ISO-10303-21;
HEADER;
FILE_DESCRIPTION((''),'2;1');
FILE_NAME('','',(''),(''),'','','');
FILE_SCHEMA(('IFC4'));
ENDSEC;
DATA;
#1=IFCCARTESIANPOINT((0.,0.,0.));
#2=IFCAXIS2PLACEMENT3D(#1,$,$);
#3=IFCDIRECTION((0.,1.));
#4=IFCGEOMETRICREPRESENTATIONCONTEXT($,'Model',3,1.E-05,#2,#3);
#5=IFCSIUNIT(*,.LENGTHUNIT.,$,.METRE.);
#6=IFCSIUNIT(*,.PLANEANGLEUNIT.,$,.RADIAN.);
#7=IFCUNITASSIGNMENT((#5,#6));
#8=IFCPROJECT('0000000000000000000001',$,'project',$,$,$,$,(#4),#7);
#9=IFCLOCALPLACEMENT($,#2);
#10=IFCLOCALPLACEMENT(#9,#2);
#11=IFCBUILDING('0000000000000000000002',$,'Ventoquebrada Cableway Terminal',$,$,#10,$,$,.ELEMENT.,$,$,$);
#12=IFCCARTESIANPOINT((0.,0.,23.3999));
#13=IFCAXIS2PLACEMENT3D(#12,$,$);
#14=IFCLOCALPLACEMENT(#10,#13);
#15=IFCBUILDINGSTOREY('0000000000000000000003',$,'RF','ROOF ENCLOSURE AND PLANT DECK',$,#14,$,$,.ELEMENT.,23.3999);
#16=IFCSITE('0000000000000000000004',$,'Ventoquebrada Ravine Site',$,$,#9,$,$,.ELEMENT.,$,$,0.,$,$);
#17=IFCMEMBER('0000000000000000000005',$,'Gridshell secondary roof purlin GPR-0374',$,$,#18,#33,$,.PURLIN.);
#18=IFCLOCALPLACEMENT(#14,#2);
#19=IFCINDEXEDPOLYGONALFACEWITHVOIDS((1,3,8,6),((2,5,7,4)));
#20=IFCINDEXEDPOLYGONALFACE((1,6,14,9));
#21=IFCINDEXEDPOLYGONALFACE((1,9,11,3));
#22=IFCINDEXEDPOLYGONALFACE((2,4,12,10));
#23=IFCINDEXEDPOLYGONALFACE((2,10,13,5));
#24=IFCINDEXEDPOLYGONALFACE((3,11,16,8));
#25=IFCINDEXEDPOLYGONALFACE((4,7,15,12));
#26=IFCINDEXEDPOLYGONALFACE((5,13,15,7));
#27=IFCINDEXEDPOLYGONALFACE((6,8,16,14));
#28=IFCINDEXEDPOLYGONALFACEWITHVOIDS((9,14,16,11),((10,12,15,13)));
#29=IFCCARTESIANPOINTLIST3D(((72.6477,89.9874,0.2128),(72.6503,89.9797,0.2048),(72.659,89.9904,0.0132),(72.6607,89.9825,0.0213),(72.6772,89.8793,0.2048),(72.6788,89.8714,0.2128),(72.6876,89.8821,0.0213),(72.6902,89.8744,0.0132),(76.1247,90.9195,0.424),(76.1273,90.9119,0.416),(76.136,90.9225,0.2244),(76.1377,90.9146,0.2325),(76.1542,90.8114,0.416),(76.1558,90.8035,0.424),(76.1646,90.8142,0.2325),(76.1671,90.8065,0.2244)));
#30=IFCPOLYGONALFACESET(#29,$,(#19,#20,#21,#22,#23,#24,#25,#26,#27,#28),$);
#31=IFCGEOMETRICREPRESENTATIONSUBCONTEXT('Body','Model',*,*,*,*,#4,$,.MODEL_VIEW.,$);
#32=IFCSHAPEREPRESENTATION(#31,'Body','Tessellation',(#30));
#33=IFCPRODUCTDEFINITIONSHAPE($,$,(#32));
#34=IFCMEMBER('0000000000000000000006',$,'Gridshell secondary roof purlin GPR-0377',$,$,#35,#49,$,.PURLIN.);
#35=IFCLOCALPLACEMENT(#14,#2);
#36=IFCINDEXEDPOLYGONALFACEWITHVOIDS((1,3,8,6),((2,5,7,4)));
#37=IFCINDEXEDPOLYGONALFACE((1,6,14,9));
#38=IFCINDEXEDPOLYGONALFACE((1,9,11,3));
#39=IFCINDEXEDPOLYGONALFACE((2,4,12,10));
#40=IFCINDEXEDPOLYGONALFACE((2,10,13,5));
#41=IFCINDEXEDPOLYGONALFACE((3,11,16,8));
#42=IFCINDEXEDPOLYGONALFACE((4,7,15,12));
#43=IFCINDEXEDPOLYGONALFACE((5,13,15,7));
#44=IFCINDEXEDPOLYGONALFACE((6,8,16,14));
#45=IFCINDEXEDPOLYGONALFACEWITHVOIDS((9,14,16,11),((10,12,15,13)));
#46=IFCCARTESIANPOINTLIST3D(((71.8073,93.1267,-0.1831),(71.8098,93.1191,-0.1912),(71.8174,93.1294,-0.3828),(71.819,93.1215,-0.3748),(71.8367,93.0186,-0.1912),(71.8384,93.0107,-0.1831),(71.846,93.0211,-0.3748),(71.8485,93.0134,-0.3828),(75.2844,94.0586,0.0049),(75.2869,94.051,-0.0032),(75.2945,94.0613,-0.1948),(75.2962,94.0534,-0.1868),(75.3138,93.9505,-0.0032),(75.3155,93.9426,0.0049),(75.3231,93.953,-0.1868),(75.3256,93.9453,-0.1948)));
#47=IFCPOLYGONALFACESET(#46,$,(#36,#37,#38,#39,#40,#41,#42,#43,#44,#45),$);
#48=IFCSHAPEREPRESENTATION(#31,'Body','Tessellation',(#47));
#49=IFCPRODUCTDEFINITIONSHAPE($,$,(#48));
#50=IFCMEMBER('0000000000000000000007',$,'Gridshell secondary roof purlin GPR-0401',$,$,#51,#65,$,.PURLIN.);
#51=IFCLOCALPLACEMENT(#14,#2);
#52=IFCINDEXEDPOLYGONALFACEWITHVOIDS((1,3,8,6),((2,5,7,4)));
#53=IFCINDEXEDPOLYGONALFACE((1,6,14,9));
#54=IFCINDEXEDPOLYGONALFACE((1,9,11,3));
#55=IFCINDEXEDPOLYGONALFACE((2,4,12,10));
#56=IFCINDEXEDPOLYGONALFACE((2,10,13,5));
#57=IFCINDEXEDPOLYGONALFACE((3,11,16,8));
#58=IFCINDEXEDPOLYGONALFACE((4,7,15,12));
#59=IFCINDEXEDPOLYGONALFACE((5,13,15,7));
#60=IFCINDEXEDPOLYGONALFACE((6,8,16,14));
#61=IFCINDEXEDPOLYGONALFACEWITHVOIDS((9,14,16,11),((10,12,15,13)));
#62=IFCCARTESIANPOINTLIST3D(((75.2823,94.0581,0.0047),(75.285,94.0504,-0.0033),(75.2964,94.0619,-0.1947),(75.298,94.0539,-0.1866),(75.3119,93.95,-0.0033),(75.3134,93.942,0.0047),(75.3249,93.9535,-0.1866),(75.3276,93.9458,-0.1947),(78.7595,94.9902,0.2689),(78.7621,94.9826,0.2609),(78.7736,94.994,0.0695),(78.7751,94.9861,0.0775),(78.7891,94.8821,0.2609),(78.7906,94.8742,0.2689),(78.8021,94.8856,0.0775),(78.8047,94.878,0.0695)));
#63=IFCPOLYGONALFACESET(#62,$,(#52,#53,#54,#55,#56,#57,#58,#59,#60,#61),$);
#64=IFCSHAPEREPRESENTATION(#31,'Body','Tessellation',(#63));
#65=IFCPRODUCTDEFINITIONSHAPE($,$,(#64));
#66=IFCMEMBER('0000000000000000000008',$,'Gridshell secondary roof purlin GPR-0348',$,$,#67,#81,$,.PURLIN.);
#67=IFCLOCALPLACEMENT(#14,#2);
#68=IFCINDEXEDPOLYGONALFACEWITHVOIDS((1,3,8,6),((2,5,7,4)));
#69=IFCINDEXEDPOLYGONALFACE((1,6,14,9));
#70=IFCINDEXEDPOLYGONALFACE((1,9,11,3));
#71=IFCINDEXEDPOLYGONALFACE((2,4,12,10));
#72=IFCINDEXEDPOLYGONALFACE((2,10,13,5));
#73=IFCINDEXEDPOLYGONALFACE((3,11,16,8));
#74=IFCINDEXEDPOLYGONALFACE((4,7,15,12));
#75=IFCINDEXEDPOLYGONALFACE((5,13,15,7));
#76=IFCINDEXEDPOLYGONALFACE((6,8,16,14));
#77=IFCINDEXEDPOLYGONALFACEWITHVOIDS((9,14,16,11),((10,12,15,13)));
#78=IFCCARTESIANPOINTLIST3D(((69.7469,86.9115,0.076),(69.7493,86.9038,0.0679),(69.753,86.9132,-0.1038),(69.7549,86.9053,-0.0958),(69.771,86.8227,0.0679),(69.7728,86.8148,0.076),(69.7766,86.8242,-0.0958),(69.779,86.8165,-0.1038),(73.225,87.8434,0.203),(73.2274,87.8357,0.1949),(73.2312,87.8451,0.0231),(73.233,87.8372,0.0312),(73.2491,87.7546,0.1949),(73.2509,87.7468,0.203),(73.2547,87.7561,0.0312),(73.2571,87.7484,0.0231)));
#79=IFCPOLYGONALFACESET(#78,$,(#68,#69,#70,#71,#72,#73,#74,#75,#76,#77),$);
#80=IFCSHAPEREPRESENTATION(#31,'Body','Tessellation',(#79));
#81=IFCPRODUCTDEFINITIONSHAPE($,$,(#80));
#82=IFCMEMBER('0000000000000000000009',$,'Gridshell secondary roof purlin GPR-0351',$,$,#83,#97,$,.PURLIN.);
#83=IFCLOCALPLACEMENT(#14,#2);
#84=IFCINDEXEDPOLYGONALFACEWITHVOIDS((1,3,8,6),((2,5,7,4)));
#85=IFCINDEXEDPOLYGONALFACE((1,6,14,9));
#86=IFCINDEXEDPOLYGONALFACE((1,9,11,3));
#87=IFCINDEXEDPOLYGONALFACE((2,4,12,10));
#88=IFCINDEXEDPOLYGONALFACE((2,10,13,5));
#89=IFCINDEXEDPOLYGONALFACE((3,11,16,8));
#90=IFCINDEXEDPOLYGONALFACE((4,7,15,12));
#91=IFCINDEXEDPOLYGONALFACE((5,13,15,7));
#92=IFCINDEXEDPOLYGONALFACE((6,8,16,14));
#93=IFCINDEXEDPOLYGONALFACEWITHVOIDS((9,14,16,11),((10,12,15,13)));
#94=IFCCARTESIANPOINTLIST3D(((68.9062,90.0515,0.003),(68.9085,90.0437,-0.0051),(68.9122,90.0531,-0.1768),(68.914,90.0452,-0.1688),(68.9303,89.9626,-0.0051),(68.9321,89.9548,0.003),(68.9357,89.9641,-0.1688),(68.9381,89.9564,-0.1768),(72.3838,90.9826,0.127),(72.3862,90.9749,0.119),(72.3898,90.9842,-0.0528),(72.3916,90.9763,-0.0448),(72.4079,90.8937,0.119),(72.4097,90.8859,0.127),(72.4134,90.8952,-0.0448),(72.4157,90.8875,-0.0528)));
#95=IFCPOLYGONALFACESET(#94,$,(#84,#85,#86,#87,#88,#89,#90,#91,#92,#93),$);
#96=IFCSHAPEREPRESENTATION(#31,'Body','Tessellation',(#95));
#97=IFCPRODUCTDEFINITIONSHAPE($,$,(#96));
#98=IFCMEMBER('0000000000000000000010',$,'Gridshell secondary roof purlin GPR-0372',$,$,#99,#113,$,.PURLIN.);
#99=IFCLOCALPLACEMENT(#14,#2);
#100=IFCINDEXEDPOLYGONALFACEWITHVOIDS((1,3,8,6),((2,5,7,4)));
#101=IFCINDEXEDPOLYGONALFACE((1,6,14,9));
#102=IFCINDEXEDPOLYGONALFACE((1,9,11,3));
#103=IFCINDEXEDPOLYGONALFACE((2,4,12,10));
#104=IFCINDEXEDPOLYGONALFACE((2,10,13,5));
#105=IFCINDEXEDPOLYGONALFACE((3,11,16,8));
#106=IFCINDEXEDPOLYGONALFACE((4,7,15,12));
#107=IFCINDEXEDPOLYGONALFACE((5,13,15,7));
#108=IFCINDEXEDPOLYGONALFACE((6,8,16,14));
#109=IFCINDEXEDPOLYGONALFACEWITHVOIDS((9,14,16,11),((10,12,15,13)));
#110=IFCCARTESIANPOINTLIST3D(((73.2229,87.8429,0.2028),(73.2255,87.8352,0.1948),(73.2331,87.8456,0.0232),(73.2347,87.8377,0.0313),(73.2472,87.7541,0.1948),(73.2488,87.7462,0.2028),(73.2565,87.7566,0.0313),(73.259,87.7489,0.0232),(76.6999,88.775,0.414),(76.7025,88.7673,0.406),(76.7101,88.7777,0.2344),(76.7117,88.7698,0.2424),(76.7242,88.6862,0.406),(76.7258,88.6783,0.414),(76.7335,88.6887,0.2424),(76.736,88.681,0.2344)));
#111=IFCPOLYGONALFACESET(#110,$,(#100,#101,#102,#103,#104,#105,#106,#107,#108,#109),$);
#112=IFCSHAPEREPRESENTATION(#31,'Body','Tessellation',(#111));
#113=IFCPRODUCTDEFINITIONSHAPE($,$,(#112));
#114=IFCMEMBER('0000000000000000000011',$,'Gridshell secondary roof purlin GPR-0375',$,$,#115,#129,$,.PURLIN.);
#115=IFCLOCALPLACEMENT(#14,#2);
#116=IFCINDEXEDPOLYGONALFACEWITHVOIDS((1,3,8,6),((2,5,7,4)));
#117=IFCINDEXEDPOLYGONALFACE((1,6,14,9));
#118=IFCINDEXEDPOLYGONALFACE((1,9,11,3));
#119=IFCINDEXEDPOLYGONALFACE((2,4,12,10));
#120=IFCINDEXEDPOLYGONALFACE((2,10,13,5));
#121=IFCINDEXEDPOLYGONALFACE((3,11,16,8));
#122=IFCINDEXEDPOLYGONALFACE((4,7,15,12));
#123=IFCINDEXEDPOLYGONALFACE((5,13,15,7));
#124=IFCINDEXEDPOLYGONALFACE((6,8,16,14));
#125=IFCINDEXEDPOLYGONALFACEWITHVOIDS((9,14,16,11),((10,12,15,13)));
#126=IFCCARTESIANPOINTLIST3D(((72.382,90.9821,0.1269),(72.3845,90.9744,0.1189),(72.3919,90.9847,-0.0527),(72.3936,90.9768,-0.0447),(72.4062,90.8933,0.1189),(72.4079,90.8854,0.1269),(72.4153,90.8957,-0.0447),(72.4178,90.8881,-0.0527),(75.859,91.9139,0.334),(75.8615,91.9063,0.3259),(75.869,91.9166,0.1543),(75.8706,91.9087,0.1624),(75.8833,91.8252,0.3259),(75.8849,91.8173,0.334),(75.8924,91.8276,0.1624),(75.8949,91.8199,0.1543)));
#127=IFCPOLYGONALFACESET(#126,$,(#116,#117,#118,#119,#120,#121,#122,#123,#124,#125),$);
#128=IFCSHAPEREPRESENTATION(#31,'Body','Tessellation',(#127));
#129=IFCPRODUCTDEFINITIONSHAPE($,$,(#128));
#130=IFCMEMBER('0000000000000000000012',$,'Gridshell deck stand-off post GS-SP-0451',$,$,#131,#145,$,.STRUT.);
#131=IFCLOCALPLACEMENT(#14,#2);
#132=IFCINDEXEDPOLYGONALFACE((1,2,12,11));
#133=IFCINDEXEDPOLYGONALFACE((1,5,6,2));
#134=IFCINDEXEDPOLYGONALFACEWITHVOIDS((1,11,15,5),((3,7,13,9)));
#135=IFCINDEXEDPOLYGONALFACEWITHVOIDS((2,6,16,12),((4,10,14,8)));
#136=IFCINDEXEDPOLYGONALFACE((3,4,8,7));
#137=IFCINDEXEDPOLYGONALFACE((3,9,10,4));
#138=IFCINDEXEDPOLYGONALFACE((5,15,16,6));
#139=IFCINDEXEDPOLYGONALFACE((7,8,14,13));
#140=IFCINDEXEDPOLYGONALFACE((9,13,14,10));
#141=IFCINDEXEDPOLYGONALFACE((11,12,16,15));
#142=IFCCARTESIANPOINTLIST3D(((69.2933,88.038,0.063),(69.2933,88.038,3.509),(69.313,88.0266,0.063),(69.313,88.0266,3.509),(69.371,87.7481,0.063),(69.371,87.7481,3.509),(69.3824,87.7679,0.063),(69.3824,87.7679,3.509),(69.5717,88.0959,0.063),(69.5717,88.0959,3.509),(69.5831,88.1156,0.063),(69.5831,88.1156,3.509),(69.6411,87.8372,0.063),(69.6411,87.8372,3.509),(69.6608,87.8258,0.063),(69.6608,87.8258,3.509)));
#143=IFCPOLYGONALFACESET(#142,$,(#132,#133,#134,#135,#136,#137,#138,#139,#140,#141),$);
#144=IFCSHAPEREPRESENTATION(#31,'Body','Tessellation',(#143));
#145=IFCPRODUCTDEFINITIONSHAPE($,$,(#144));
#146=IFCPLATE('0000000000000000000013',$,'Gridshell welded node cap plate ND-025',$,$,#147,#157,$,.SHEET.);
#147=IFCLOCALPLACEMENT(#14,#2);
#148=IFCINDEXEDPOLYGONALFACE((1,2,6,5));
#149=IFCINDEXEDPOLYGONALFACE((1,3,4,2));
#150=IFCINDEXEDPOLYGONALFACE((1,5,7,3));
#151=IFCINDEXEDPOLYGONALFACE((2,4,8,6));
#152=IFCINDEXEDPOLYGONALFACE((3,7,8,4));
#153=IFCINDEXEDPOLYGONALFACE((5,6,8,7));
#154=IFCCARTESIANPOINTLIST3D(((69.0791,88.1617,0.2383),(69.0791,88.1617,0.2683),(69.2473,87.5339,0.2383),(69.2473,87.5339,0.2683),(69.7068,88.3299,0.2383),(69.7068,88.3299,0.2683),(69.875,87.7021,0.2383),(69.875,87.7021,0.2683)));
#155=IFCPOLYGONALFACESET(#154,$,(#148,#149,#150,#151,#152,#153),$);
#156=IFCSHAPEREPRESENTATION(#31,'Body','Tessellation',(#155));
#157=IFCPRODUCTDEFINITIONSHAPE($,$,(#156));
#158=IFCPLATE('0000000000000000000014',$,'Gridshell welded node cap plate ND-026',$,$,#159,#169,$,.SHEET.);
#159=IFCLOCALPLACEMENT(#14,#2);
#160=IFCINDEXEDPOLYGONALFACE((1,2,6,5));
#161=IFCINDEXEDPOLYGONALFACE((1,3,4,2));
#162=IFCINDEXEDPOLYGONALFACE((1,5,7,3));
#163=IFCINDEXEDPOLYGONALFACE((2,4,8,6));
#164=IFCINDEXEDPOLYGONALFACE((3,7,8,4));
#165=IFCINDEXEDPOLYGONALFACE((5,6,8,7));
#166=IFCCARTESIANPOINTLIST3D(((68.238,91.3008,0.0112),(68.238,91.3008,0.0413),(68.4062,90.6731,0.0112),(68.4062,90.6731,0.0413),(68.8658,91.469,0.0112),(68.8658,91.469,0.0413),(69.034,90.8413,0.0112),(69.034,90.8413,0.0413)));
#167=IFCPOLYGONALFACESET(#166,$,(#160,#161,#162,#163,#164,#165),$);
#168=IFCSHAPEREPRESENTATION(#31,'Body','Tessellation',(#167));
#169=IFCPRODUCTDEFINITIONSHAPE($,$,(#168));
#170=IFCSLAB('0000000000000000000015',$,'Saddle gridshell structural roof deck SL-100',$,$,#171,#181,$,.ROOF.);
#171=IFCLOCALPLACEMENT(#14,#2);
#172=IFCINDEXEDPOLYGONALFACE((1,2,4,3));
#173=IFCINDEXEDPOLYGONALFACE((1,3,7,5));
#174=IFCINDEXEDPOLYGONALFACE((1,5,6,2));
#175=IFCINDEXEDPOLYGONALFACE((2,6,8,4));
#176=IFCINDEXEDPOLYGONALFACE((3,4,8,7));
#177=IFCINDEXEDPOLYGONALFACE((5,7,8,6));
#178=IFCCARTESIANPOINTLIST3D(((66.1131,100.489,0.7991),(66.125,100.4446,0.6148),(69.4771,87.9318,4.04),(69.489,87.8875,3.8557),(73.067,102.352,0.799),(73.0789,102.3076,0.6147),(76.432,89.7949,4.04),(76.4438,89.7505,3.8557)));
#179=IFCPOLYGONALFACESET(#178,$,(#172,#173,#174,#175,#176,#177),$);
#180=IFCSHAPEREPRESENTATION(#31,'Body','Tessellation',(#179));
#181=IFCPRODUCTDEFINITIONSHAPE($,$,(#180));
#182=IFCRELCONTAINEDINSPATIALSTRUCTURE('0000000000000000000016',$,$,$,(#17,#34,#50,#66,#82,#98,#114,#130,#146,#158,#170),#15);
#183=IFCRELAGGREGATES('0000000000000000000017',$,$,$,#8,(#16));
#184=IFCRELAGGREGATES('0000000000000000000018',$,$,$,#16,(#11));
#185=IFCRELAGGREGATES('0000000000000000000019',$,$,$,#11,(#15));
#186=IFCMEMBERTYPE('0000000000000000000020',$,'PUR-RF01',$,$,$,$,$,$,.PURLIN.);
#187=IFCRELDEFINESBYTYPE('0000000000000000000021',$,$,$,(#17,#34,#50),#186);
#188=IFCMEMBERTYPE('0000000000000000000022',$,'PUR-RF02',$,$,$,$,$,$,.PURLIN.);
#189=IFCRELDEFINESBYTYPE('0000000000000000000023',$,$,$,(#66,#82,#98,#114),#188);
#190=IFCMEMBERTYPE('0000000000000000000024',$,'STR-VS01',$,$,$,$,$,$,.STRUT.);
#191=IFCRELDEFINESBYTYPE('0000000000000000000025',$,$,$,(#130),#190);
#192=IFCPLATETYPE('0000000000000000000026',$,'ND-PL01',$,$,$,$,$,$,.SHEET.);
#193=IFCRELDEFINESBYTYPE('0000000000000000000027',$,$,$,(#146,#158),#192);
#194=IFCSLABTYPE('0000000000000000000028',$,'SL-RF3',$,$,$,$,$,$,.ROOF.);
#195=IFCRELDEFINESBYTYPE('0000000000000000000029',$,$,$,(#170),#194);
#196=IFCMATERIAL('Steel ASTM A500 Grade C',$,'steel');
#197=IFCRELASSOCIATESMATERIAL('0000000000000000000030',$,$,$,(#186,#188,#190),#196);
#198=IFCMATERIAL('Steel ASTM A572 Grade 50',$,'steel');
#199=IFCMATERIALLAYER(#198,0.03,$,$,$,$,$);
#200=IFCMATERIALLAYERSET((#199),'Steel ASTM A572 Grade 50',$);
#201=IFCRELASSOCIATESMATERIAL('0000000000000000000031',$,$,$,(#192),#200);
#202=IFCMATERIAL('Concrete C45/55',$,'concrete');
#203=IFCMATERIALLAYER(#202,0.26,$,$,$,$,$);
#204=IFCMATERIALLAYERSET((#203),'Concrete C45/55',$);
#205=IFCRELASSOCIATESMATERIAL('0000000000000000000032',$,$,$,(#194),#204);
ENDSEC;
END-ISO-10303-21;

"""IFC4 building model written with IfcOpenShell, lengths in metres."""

from ifc_helpers import new_model, si_unit, direction, frame, origin, origin_2d, place, context, subcontext, project, spatial, polyline, rectangle, hollow_rectangle, outline, extrude, material, layer, layer_set, material_profile, profile_set, type_object, element, save


model = new_model("IFC4")

# Units and contexts
model_context = context("Model", 3, precision=1e-05, world=origin(), true_north=direction((0.0, 1.0)))
body_context = subcontext(model_context, "Body", "Model", "MODEL_VIEW")
ifc_project = project(units=[si_unit("LENGTHUNIT", "METRE"), si_unit("PLANEANGLEUNIT", "RADIAN")], contexts=[model_context])

# Site, building, storey
site_placement = place(None, origin())
site = spatial("IfcSite", under=ifc_project, at=site_placement, Name="Ventoquebrada Ravine Site", CompositionType="ELEMENT", RefElevation=0.0)
building_placement = place(site_placement, origin())
building = spatial("IfcBuilding", under=site, at=building_placement, Name="Ventoquebrada Cableway Terminal", CompositionType="ELEMENT")
storey_placement = place(building_placement, frame((0.0, 0.0, 23.3999)))
storey = spatial("IfcBuildingStorey", under=building, at=storey_placement, Name="RF", Description="ROOF ENCLOSURE AND PLANT DECK", CompositionType="ELEMENT", Elevation=23.3999)

# Members
ifc_material_1 = material(Name="Steel ASTM A500 Grade C", Category="steel")
ifc_material_profile_1 = material_profile(ifc_material_1, hollow_rectangle(XDim=0.1201, YDim=0.2, WallThickness=0.0081, at=origin_2d()), Name="RHS200X120X8")
ifc_profile_set_1 = profile_set([ifc_material_profile_1], Name="Steel ASTM A500 Grade C")
member_type_1 = type_object("IfcMemberType", Name="PUR-RF01", PredefinedType="PURLIN", material=ifc_profile_set_1)
member_1_placement = place(storey_placement, frame((72.6689, 89.9309, 0.113), z_axis=(0.964236, 0.258493, 0.058564), x_axis=(-0.258937, 0.965894, 0.0)))
element("IfcMember", 1, at=member_1_placement, inside=storey, type_object=member_type_1, Name="Gridshell secondary roof purlin GPR-0374", PredefinedType="PURLIN", context=body_context, shape_type="SweptSolid", body=[
    extrude(hollow_rectangle(XDim=0.1201, YDim=0.2, WallThickness=0.0081, at=origin_2d()), origin(), (0.0, 0.0, 1.0), 3.606),
])
member_2_placement = place(storey_placement, frame((71.8279, 93.0701, -0.283), z_axis=(0.964597, 0.258522, 0.052151), x_axis=(-0.258874, 0.965911, 0.0)))
element("IfcMember", 2, at=member_2_placement, inside=storey, type_object=member_type_1, Name="Gridshell secondary roof purlin GPR-0377", PredefinedType="PURLIN", context=body_context, shape_type="SweptSolid", body=[
    extrude(hollow_rectangle(XDim=0.1201, YDim=0.2, WallThickness=0.0081, at=origin_2d()), origin(), (0.0, 0.0, 1.0), 3.6047),
])
member_3_placement = place(storey_placement, frame((75.3049, 94.002, -0.095), z_axis=(0.963304, 0.258243, 0.073185), x_axis=(-0.258937, 0.965894, 0.0)))
element("IfcMember", 3, at=member_3_placement, inside=storey, type_object=member_type_1, Name="Gridshell secondary roof purlin GPR-0401", PredefinedType="PURLIN", context=body_context, shape_type="SweptSolid", body=[
    extrude(hollow_rectangle(XDim=0.1201, YDim=0.2, WallThickness=0.0081, at=origin_2d()), origin(), (0.0, 0.0, 1.0), 3.6096),
])
ifc_material_profile_2 = material_profile(ifc_material_1, hollow_rectangle(XDim=0.1001, YDim=0.1799, WallThickness=0.0081, at=origin_2d()), Name="RHS180X100X8")
ifc_profile_set_2 = profile_set([ifc_material_profile_2], Name="Steel ASTM A500 Grade C")
member_type_2 = type_object("IfcMemberType", Name="PUR-RF02", PredefinedType="PURLIN", material=ifc_profile_set_2)
member_4_placement = place(storey_placement, frame((69.7629, 86.864, -0.0139), z_axis=(0.965329, 0.258645, 0.035236), x_axis=(-0.258806, 0.965929, 0.0)))
element("IfcMember", 4, at=member_4_placement, inside=storey, type_object=member_type_2, Name="Gridshell secondary roof purlin GPR-0348", PredefinedType="PURLIN", context=body_context, shape_type="SweptSolid", body=[
    extrude(hollow_rectangle(XDim=0.1001, YDim=0.1799, WallThickness=0.0081, at=origin_2d()), origin(), (0.0, 0.0, 1.0), 3.603),
])
member_5_placement = place(storey_placement, frame((68.9221, 90.0039, -0.0869), z_axis=(0.965403, 0.25848, 0.034428), x_axis=(-0.258633, 0.965976, 0.0)))
element("IfcMember", 5, at=member_5_placement, inside=storey, type_object=member_type_2, Name="Gridshell secondary roof purlin GPR-0351", PredefinedType="PURLIN", context=body_context, shape_type="SweptSolid", body=[
    extrude(hollow_rectangle(XDim=0.1001, YDim=0.1799, WallThickness=0.0081, at=origin_2d()), origin(), (0.0, 0.0, 1.0), 3.6023),
])
member_6_placement = place(storey_placement, frame((73.241, 87.7959, 0.113), z_axis=(0.964236, 0.258493, 0.058564), x_axis=(-0.258937, 0.965894, 0.0)))
element("IfcMember", 6, at=member_6_placement, inside=storey, type_object=member_type_2, Name="Gridshell secondary roof purlin GPR-0372", PredefinedType="PURLIN", context=body_context, shape_type="SweptSolid", body=[
    extrude(hollow_rectangle(XDim=0.1001, YDim=0.1799, WallThickness=0.0081, at=origin_2d()), origin(), (0.0, 0.0, 1.0), 3.606),
])
member_7_placement = place(storey_placement, frame((72.3999, 90.9351, 0.0371), z_axis=(0.964318, 0.258447, 0.057418), x_axis=(-0.258874, 0.965911, 0.0)))
element("IfcMember", 7, at=member_7_placement, inside=storey, type_object=member_type_2, Name="Gridshell secondary roof purlin GPR-0375", PredefinedType="PURLIN", context=body_context, shape_type="SweptSolid", body=[
    extrude(hollow_rectangle(XDim=0.1001, YDim=0.1799, WallThickness=0.0081, at=origin_2d()), origin(), (0.0, 0.0, 1.0), 3.6057),
])
ifc_material_profile_3 = material_profile(ifc_material_1, hollow_rectangle(XDim=0.3, YDim=0.3, WallThickness=0.0161, at=origin_2d()), Name="HSS300X300X16")
ifc_profile_set_3 = profile_set([ifc_material_profile_3], Name="Steel ASTM A500 Grade C")
member_type_3 = type_object("IfcMemberType", Name="STR-VS01", PredefinedType="STRUT", material=ifc_profile_set_3)
member_8_placement = place(storey_placement, frame((69.4771, 87.9319, 0.063), z_axis=(0.0, 0.0, 1.0), x_axis=(0.965926, 0.258819, 0.0)))
element("IfcMember", 8, at=member_8_placement, inside=storey, type_object=member_type_3, Name="Gridshell deck stand-off post GS-SP-0451", PredefinedType="STRUT", context=body_context, shape_type="SweptSolid", body=[
    extrude(hollow_rectangle(XDim=0.3, YDim=0.3, WallThickness=0.0161, at=origin_2d()), origin(), (0.0, 0.0, 1.0), 3.446),
])

# Plates
ifc_material_2 = material(Name="Steel ASTM A572 Grade 50", Category="steel")
ifc_layer_1 = layer(ifc_material_2, 0.03)
ifc_layer_set_1 = layer_set([ifc_layer_1], Name="Steel ASTM A572 Grade 50")
plate_type = type_object("IfcPlateType", Name="ND-PL01", PredefinedType="SHEET", material=ifc_layer_set_1)
for number, where, z_axis, x_axis, name in (
    (9, (69.4771, 87.9319, 0.2383), (0.0, 0.0, 1.0), (0.965926, 0.258819, 0.0), "Gridshell welded node cap plate ND-025"),
    (10, (68.636, 91.071, 0.0112), (0.0, 0.0, 1.0), (0.965926, 0.258819, 0.0), "Gridshell welded node cap plate ND-026"),
):
    element("IfcPlate", number, at=place(storey_placement, frame(where, z_axis=z_axis, x_axis=x_axis)), inside=storey, type_object=plate_type, Name=name, PredefinedType="SHEET", context=body_context, shape_type="SweptSolid", body=[
        extrude(rectangle(XDim=0.6499, YDim=0.6499, at=origin_2d()), origin(), (0.0, 0.0, 1.0), 0.03),
    ])

# Slab
ifc_material_3 = material(Name="Concrete C45/55", Category="concrete")
ifc_layer_2 = layer(ifc_material_3, 0.26)
ifc_layer_set_2 = layer_set([ifc_layer_2], Name="Concrete C45/55")
slab_type = type_object("IfcSlabType", Name="SL-RF3", PredefinedType="ROOF", material=ifc_layer_set_2)
slab_placement = place(storey_placement, frame((69.489, 87.8875, 3.8557), z_axis=(-0.062597, 0.233661, 0.970301), x_axis=(0.965943, 0.258755, 0.000004)))
element("IfcSlab", 11, at=slab_placement, inside=storey, type_object=slab_type, Name="Saddle gridshell structural roof deck SL-100", PredefinedType="ROOF", context=body_context, shape_type="SweptSolid", body=[
    extrude(outline(polyline([(0.0, 0.0), (7.2, 0.0), (7.1989, 13.3981), (-0.0002, 13.3978), (0.0, 0.0)])), origin(), (0.0, 0.0, 1.0), 0.1899),
])

save(model, "model.ifc")
